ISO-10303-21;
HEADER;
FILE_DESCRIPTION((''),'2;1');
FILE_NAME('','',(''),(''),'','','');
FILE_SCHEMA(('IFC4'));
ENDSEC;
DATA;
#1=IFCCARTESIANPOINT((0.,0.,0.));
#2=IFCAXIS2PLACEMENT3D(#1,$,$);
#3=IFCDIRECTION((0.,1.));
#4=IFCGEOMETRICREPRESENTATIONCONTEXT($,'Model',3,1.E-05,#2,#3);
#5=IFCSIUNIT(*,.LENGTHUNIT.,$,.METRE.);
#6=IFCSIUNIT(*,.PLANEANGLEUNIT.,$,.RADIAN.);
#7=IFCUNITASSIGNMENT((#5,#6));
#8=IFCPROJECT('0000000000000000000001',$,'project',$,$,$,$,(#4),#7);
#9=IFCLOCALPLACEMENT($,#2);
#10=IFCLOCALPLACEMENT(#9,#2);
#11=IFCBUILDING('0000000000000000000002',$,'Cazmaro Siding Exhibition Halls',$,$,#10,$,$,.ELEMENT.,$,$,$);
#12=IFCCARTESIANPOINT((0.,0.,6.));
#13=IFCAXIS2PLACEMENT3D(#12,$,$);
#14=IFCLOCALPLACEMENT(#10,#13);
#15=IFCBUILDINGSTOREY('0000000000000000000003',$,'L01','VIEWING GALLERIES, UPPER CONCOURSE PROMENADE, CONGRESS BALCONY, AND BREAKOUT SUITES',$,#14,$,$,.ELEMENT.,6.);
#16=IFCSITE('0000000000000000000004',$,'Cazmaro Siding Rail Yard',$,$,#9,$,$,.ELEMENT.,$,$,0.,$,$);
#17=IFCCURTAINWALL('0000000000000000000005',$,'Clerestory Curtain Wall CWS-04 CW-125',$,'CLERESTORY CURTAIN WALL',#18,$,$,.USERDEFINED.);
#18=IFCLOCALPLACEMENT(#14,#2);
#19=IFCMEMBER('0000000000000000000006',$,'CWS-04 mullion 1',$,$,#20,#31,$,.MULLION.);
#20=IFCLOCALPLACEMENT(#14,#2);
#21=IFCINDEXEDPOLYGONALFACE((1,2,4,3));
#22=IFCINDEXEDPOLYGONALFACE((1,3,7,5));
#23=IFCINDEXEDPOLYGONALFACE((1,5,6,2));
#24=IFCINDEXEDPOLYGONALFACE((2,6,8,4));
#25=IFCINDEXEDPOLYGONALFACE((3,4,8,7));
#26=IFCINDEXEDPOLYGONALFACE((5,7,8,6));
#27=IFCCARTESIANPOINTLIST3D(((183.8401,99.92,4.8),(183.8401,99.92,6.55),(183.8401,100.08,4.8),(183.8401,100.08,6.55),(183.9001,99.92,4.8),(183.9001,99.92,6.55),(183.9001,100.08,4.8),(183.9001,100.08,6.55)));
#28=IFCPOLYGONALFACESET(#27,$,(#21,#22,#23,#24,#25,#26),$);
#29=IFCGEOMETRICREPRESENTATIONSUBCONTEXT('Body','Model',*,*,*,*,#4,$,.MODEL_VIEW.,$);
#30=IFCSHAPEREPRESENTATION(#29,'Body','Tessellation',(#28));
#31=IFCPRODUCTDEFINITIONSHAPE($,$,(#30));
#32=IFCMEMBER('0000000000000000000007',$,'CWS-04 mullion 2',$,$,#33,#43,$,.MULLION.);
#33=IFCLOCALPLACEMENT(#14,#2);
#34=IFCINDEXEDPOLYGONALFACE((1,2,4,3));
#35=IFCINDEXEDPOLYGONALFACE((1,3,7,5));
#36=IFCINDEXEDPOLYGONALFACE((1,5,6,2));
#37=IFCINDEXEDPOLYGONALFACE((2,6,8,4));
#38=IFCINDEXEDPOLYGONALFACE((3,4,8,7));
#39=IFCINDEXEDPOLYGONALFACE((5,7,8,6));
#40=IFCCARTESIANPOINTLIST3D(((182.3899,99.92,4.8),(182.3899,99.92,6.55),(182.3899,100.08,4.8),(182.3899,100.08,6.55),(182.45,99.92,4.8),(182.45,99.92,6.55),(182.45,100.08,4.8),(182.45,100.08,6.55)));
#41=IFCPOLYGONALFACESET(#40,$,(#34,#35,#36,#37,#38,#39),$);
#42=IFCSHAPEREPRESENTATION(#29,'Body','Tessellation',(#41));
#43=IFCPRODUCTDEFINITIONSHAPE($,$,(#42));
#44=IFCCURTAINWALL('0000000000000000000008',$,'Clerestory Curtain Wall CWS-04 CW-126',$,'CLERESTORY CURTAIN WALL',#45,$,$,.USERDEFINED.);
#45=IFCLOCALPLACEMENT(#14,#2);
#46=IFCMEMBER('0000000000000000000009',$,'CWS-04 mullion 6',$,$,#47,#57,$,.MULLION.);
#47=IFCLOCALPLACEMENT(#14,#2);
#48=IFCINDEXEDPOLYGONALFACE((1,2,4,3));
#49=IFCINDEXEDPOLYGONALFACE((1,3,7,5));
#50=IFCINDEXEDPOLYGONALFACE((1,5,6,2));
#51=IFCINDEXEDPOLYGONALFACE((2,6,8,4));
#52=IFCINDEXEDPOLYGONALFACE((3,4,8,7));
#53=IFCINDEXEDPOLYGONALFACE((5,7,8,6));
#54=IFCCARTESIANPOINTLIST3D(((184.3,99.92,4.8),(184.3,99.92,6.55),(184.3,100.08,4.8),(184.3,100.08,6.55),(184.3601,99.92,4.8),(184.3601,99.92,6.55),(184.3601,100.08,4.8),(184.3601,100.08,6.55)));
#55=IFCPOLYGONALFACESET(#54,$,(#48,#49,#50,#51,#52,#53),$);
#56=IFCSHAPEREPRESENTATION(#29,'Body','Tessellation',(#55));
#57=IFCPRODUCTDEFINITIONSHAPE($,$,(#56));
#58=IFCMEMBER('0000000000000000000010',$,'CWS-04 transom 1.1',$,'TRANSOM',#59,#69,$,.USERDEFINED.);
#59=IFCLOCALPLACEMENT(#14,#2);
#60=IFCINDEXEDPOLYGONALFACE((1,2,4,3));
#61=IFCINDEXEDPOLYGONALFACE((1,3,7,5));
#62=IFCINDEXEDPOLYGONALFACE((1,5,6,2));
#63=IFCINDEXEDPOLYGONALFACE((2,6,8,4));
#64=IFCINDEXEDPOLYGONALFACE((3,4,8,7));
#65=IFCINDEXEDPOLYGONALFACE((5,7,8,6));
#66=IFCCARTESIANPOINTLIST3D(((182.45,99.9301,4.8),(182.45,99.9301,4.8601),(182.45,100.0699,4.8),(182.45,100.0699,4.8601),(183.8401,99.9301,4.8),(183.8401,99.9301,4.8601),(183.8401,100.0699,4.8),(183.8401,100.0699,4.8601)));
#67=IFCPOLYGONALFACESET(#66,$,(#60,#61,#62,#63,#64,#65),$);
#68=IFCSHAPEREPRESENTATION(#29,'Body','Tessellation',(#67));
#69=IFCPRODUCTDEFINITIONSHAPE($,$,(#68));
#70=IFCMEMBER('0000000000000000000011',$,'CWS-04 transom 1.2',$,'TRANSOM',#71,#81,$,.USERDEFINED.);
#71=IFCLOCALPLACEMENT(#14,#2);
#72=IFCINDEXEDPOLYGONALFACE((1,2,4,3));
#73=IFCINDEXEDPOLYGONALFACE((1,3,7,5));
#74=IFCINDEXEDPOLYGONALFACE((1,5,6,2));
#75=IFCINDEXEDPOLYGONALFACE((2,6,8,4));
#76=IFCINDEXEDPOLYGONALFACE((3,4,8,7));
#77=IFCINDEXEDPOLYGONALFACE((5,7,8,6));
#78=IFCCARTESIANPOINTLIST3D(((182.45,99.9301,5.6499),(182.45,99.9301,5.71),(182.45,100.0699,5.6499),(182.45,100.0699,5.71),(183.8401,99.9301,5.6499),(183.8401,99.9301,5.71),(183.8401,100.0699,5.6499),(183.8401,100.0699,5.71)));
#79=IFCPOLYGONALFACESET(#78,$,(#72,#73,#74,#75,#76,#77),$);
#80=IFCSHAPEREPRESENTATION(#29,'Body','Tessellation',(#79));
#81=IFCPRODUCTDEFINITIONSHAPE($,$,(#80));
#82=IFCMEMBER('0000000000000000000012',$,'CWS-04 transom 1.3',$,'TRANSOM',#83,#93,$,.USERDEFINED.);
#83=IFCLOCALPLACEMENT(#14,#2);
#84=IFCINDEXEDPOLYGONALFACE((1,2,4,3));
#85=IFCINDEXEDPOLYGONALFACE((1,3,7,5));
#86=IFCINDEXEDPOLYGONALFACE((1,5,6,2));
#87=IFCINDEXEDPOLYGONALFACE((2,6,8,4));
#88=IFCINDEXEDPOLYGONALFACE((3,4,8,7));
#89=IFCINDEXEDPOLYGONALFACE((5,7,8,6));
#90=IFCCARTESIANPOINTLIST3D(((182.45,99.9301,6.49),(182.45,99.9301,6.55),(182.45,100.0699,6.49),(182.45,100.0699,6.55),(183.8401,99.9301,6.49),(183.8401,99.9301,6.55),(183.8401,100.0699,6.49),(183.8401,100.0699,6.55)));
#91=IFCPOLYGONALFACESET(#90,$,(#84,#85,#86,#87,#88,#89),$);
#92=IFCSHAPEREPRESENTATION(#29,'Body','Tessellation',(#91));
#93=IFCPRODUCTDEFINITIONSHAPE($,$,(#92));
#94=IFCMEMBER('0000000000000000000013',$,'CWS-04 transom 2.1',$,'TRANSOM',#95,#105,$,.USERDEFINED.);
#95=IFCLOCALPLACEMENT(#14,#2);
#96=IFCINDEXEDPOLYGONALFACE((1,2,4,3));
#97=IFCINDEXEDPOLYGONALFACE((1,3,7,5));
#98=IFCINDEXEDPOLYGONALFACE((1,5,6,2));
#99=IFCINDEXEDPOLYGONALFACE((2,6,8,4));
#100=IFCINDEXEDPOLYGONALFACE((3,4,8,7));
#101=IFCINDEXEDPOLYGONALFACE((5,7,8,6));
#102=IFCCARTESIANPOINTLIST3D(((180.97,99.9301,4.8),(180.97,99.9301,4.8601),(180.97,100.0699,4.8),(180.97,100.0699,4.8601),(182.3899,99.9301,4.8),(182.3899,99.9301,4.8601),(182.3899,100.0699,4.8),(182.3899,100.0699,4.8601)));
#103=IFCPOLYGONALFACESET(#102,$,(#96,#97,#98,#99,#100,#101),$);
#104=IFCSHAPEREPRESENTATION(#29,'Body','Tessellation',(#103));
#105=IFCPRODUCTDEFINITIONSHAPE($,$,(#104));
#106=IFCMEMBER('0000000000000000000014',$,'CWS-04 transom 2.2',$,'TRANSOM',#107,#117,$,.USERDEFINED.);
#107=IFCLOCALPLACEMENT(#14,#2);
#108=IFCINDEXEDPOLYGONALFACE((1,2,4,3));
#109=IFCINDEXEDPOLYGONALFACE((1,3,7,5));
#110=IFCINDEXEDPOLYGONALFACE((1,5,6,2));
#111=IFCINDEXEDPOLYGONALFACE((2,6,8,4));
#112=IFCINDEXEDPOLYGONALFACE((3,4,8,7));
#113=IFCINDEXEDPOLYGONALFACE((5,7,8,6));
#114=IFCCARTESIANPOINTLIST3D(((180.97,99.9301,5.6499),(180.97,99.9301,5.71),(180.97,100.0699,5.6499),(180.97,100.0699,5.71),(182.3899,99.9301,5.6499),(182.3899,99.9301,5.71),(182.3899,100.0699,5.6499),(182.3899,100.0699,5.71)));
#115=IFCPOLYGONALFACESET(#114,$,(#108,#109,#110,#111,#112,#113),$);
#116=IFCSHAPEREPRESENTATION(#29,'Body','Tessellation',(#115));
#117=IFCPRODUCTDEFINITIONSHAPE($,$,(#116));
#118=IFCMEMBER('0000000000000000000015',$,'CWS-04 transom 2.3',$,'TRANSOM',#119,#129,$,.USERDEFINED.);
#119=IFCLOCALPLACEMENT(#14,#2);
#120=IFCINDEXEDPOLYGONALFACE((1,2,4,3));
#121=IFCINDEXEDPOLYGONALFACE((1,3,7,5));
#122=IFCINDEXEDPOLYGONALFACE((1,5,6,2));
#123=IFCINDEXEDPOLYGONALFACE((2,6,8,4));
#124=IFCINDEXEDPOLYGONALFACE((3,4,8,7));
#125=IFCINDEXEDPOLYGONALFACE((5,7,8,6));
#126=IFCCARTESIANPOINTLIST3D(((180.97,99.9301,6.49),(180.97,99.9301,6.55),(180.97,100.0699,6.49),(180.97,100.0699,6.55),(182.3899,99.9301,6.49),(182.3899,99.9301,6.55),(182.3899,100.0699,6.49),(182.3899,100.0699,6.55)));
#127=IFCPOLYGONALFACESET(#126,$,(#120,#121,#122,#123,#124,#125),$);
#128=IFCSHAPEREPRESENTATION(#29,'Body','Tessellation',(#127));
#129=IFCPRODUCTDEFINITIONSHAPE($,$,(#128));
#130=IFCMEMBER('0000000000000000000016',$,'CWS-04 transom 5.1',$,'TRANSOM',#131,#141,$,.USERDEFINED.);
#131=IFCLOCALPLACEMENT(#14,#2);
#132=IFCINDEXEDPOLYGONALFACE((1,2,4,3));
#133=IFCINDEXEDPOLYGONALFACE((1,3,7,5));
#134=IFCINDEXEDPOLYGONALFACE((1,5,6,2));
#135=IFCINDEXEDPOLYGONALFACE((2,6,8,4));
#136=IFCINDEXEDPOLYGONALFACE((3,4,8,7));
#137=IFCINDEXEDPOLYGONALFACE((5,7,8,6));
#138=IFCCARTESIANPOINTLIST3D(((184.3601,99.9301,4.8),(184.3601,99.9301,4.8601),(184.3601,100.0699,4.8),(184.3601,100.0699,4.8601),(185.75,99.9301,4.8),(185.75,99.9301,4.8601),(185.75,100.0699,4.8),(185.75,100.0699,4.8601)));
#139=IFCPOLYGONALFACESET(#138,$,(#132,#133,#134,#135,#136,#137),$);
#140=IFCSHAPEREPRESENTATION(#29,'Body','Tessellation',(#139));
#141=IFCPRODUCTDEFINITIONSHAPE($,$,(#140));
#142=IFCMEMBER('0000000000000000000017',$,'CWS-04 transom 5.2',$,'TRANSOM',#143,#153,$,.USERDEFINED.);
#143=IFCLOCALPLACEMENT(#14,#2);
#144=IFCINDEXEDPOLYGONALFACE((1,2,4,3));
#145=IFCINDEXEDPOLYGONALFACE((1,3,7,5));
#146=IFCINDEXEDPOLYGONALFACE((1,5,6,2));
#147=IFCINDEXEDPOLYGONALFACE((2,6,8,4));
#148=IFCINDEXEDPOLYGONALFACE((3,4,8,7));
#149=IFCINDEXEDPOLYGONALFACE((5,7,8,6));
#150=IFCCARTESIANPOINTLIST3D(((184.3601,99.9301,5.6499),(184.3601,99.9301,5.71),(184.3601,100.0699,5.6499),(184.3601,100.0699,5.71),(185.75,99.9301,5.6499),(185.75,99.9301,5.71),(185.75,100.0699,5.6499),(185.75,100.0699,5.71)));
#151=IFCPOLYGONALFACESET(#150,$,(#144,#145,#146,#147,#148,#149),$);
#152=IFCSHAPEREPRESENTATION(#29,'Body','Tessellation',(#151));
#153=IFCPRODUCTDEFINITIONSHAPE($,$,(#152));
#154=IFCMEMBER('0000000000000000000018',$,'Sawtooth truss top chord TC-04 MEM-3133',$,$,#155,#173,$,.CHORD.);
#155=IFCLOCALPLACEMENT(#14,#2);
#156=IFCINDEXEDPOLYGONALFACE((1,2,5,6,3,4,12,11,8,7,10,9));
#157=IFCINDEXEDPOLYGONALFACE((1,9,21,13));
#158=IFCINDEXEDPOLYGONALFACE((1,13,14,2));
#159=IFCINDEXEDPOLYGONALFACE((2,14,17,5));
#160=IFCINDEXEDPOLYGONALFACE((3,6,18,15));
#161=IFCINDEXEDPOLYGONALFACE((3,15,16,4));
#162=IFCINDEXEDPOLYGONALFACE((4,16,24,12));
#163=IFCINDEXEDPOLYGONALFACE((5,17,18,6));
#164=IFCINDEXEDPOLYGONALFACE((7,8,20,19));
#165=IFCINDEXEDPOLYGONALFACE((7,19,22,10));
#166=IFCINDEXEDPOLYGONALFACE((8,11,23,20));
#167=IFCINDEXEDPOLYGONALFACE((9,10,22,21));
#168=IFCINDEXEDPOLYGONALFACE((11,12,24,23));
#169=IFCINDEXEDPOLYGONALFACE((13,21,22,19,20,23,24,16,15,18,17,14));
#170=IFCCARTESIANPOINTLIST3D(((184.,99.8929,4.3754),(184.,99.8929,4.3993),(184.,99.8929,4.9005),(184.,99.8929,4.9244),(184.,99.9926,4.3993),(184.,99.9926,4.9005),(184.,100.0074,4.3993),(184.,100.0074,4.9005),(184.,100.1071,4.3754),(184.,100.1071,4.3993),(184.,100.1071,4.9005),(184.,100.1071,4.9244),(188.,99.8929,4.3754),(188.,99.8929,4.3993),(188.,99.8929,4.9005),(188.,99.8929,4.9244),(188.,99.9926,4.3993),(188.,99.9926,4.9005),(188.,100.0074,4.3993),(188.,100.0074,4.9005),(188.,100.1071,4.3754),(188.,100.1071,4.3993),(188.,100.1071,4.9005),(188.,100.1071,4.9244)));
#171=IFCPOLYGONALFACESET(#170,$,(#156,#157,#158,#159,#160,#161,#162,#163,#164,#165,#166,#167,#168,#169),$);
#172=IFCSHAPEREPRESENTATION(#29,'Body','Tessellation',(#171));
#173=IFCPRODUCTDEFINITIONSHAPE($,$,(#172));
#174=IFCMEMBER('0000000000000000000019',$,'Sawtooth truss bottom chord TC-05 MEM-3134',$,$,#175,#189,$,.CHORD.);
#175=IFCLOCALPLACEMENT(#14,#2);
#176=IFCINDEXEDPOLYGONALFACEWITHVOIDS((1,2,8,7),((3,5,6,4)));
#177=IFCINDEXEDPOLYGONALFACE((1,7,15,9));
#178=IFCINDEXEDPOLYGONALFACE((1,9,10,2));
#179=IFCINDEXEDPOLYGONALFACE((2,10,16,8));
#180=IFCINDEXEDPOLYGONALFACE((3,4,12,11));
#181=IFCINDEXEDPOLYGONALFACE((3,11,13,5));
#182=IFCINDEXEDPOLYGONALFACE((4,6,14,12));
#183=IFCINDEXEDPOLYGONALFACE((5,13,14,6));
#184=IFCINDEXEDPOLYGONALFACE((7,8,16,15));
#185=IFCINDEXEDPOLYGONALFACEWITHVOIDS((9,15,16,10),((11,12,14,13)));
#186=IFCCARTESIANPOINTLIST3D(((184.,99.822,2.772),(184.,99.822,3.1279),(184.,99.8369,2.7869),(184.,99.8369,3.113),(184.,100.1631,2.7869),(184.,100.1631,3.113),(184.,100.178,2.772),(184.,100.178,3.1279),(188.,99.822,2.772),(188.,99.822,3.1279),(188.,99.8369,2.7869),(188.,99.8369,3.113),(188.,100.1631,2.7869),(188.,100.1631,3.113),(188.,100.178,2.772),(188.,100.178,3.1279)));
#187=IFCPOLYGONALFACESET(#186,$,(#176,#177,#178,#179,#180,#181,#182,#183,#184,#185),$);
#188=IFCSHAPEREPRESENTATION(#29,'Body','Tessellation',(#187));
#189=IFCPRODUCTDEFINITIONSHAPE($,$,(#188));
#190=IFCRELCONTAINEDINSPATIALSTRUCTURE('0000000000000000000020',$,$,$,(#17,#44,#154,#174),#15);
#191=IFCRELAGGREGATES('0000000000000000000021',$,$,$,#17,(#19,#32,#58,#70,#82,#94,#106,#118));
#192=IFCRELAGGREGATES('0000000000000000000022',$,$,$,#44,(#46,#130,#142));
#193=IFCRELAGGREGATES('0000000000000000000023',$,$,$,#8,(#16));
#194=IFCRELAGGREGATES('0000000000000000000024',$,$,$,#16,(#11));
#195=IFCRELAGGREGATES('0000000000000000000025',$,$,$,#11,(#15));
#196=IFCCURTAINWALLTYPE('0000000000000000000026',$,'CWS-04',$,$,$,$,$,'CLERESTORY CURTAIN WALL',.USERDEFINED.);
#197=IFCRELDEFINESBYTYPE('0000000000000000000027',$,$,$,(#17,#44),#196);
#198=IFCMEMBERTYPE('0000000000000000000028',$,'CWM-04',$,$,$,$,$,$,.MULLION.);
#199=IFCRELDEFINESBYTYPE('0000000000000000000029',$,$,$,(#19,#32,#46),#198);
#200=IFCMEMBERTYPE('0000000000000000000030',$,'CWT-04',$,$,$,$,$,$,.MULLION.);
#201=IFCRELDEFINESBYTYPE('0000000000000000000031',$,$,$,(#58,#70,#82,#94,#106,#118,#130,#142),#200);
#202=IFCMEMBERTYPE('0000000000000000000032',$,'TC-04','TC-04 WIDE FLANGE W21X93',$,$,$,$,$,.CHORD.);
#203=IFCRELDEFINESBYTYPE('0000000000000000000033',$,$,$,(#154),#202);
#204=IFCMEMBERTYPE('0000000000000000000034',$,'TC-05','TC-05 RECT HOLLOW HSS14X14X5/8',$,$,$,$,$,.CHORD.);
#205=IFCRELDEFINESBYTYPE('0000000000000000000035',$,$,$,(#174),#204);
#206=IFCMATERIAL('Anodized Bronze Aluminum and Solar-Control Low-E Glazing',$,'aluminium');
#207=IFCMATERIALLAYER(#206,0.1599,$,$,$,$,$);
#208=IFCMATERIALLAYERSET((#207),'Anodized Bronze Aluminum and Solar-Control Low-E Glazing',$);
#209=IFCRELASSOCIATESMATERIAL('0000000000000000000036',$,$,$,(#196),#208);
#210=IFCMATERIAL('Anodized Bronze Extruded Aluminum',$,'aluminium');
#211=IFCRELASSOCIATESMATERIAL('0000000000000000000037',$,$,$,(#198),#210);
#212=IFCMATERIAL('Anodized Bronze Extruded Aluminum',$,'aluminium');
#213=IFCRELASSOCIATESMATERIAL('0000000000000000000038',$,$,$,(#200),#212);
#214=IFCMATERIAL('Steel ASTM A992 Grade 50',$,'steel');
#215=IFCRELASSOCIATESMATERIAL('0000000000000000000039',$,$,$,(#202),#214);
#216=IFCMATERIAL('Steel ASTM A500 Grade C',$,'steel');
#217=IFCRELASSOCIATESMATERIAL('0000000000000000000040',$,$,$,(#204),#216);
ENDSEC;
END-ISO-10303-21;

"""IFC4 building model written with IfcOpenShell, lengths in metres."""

from ifc_helpers import new_model, si_unit, direction, frame, origin, origin_2d, place, context, subcontext, project, spatial, rectangle, hollow_rectangle, i_section, extrude, material, layer, layer_set, material_profile, profile_set, type_object, element, aggregate, save


model = new_model("IFC4")

# Units and contexts
model_context = context("Model", 3, precision=1e-05, world=origin(), true_north=direction((0.0, 1.0)))
body_context = subcontext(model_context, "Body", "Model", "MODEL_VIEW")
ifc_project = project(units=[si_unit("LENGTHUNIT", "METRE"), si_unit("PLANEANGLEUNIT", "RADIAN")], contexts=[model_context])

# Site, building, storey
site_placement = place(None, origin())
site = spatial("IfcSite", under=ifc_project, at=site_placement, Name="Cazmaro Siding Rail Yard", CompositionType="ELEMENT", RefElevation=0.0)
building_placement = place(site_placement, origin())
building = spatial("IfcBuilding", under=site, at=building_placement, Name="Cazmaro Siding Exhibition Halls", CompositionType="ELEMENT")
storey_placement = place(building_placement, frame((0.0, 0.0, 6.0)))
storey = spatial("IfcBuildingStorey", under=building, at=storey_placement, Name="L01", Description="VIEWING GALLERIES, UPPER CONCOURSE PROMENADE, CONGRESS BALCONY, AND BREAKOUT SUITES", CompositionType="ELEMENT", Elevation=6.0)

# Curtain wall, members
ifc_material_1 = material(Name="Anodized Bronze Aluminum and Solar-Control Low-E Glazing", Category="aluminium")
ifc_layer_1 = layer(ifc_material_1, 0.1599)
ifc_layer_set_1 = layer_set([ifc_layer_1], Name="Anodized Bronze Aluminum and Solar-Control Low-E Glazing")
curtain_wall_type = type_object("IfcCurtainWallType", Name="CWS-04", ElementType="CLERESTORY CURTAIN WALL", PredefinedType="USERDEFINED", material=ifc_layer_set_1)
curtain_wall_1_placement = place(storey_placement, origin())
curtain_wall_1 = element("IfcCurtainWall", 1, at=curtain_wall_1_placement, inside=storey, type_object=curtain_wall_type, Name="Clerestory Curtain Wall CWS-04 CW-125", ObjectType="CLERESTORY CURTAIN WALL", PredefinedType="USERDEFINED")
ifc_material_2 = material(Name="Anodized Bronze Extruded Aluminum", Category="aluminium")
ifc_material_profile_1 = material_profile(ifc_material_2, rectangle(XDim=0.1599, YDim=0.0601, at=origin_2d()), Name="CWM-04")
ifc_profile_set_1 = profile_set([ifc_material_profile_1], Name="Anodized Bronze Extruded Aluminum")
member_type_1 = type_object("IfcMemberType", Name="CWM-04", PredefinedType="MULLION", material=ifc_profile_set_1)
member_1_placement = place(storey_placement, frame((183.8701, 100.0, 4.8), z_axis=(0.0, 0.0, 1.0), x_axis=(0.0, -1.0, 0.0)))
member_1 = element("IfcMember", 2, at=member_1_placement, type_object=member_type_1, Name="CWS-04 mullion 1", PredefinedType="MULLION", context=body_context, shape_type="SweptSolid", body=[
    extrude(rectangle(XDim=0.1599, YDim=0.0601, at=origin_2d()), origin(), (0.0, 0.0, 1.0), 1.75),
])
member_2_placement = place(storey_placement, frame((182.4199, 100.0, 4.8), z_axis=(0.0, 0.0, 1.0), x_axis=(0.0, -1.0, 0.0)))
member_2 = element("IfcMember", 3, at=member_2_placement, type_object=member_type_1, Name="CWS-04 mullion 2", PredefinedType="MULLION", context=body_context, shape_type="SweptSolid", body=[
    extrude(rectangle(XDim=0.1599, YDim=0.0601, at=origin_2d()), origin(), (0.0, 0.0, 1.0), 1.75),
])

# Curtain wall, member
curtain_wall_2_placement = place(storey_placement, origin())
curtain_wall_2 = element("IfcCurtainWall", 4, at=curtain_wall_2_placement, inside=storey, type_object=curtain_wall_type, Name="Clerestory Curtain Wall CWS-04 CW-126", ObjectType="CLERESTORY CURTAIN WALL", PredefinedType="USERDEFINED")
member_3_placement = place(storey_placement, frame((184.3301, 100.0, 4.8), z_axis=(0.0, 0.0, 1.0), x_axis=(0.0, -1.0, 0.0)))
member_3 = element("IfcMember", 5, at=member_3_placement, type_object=member_type_1, Name="CWS-04 mullion 6", PredefinedType="MULLION", context=body_context, shape_type="SweptSolid", body=[
    extrude(rectangle(XDim=0.1599, YDim=0.0601, at=origin_2d()), origin(), (0.0, 0.0, 1.0), 1.75),
])

# Members
ifc_material_3 = material(Name="Anodized Bronze Extruded Aluminum", Category="aluminium")
ifc_material_profile_2 = material_profile(ifc_material_3, rectangle(XDim=0.1399, YDim=0.0601, at=origin_2d()), Name="CWT-04")
ifc_profile_set_2 = profile_set([ifc_material_profile_2], Name="Anodized Bronze Extruded Aluminum")
member_type_2 = type_object("IfcMemberType", Name="CWT-04", PredefinedType="MULLION", material=ifc_profile_set_2)
member_4_placement = place(storey_placement, frame((183.8401, 100.0, 4.8301), z_axis=(-1.0, 0.0, 0.0), x_axis=(0.0, -1.0, 0.0)))
member_4 = element("IfcMember", 6, at=member_4_placement, type_object=member_type_2, Name="CWS-04 transom 1.1", ObjectType="TRANSOM", PredefinedType="USERDEFINED", context=body_context, shape_type="SweptSolid", body=[
    extrude(rectangle(XDim=0.1399, YDim=0.0601, at=origin_2d()), origin(), (0.0, 0.0, 1.0), 1.3901),
])
member_5_placement = place(storey_placement, frame((183.8401, 100.0, 5.6799), z_axis=(-1.0, 0.0, 0.0), x_axis=(0.0, -1.0, 0.0)))
member_5 = element("IfcMember", 7, at=member_5_placement, type_object=member_type_2, Name="CWS-04 transom 1.2", ObjectType="TRANSOM", PredefinedType="USERDEFINED", context=body_context, shape_type="SweptSolid", body=[
    extrude(rectangle(XDim=0.1399, YDim=0.0601, at=origin_2d()), origin(), (0.0, 0.0, 1.0), 1.3901),
])
member_6_placement = place(storey_placement, frame((183.8401, 100.0, 6.52), z_axis=(-1.0, 0.0, 0.0), x_axis=(0.0, -1.0, 0.0)))
member_6 = element("IfcMember", 8, at=member_6_placement, type_object=member_type_2, Name="CWS-04 transom 1.3", ObjectType="TRANSOM", PredefinedType="USERDEFINED", context=body_context, shape_type="SweptSolid", body=[
    extrude(rectangle(XDim=0.1399, YDim=0.0601, at=origin_2d()), origin(), (0.0, 0.0, 1.0), 1.3901),
])
member_7_placement = place(storey_placement, frame((182.3899, 100.0, 4.8301), z_axis=(-1.0, 0.0, 0.0), x_axis=(0.0, -1.0, 0.0)))
member_7 = element("IfcMember", 9, at=member_7_placement, type_object=member_type_2, Name="CWS-04 transom 2.1", ObjectType="TRANSOM", PredefinedType="USERDEFINED", context=body_context, shape_type="SweptSolid", body=[
    extrude(rectangle(XDim=0.1399, YDim=0.0601, at=origin_2d()), origin(), (0.0, 0.0, 1.0), 1.4199),
])
member_8_placement = place(storey_placement, frame((182.3899, 100.0, 5.6799), z_axis=(-1.0, 0.0, 0.0), x_axis=(0.0, -1.0, 0.0)))
member_8 = element("IfcMember", 10, at=member_8_placement, type_object=member_type_2, Name="CWS-04 transom 2.2", ObjectType="TRANSOM", PredefinedType="USERDEFINED", context=body_context, shape_type="SweptSolid", body=[
    extrude(rectangle(XDim=0.1399, YDim=0.0601, at=origin_2d()), origin(), (0.0, 0.0, 1.0), 1.4199),
])
member_9_placement = place(storey_placement, frame((182.3899, 100.0, 6.52), z_axis=(-1.0, 0.0, 0.0), x_axis=(0.0, -1.0, 0.0)))
member_9 = element("IfcMember", 11, at=member_9_placement, type_object=member_type_2, Name="CWS-04 transom 2.3", ObjectType="TRANSOM", PredefinedType="USERDEFINED", context=body_context, shape_type="SweptSolid", body=[
    extrude(rectangle(XDim=0.1399, YDim=0.0601, at=origin_2d()), origin(), (0.0, 0.0, 1.0), 1.4199),
])
member_10_placement = place(storey_placement, frame((185.75, 100.0, 4.8301), z_axis=(-1.0, 0.0, 0.0), x_axis=(0.0, -1.0, 0.0)))
member_10 = element("IfcMember", 12, at=member_10_placement, type_object=member_type_2, Name="CWS-04 transom 5.1", ObjectType="TRANSOM", PredefinedType="USERDEFINED", context=body_context, shape_type="SweptSolid", body=[
    extrude(rectangle(XDim=0.1399, YDim=0.0601, at=origin_2d()), origin(), (0.0, 0.0, 1.0), 1.3899),
])
member_11_placement = place(storey_placement, frame((185.75, 100.0, 5.6799), z_axis=(-1.0, 0.0, 0.0), x_axis=(0.0, -1.0, 0.0)))
member_11 = element("IfcMember", 13, at=member_11_placement, type_object=member_type_2, Name="CWS-04 transom 5.2", ObjectType="TRANSOM", PredefinedType="USERDEFINED", context=body_context, shape_type="SweptSolid", body=[
    extrude(rectangle(XDim=0.1399, YDim=0.0601, at=origin_2d()), origin(), (0.0, 0.0, 1.0), 1.3899),
])

# Members
ifc_material_4 = material(Name="Steel ASTM A992 Grade 50", Category="steel")
ifc_material_profile_3 = material_profile(ifc_material_4, i_section(OverallWidth=0.2141, OverallDepth=0.5491, WebThickness=0.0149, FlangeThickness=0.0239, at=origin_2d()), Name="W21X93")
ifc_profile_set_3 = profile_set([ifc_material_profile_3], Name="Steel ASTM A992 Grade 50")
member_type_3 = type_object("IfcMemberType", Name="TC-04", Description="TC-04 WIDE FLANGE W21X93", PredefinedType="CHORD", material=ifc_profile_set_3)
member_12_placement = place(storey_placement, frame((184.0, 100.0, 4.6499), z_axis=(1.0, 0.0, 0.0), x_axis=(0.0, 1.0, 0.0)))
element("IfcMember", 14, at=member_12_placement, inside=storey, type_object=member_type_3, Name="Sawtooth truss top chord TC-04 MEM-3133", PredefinedType="CHORD", context=body_context, shape_type="SweptSolid", body=[
    extrude(i_section(OverallWidth=0.2141, OverallDepth=0.5491, WebThickness=0.0149, FlangeThickness=0.0239, at=origin_2d()), origin(), (0.0, 0.0, 1.0), 4.0),
])
ifc_material_5 = material(Name="Steel ASTM A500 Grade C", Category="steel")
ifc_material_profile_4 = material_profile(ifc_material_5, hollow_rectangle(XDim=0.356, YDim=0.356, WallThickness=0.0149, at=origin_2d()), Name="HSS14X14X5/8")
ifc_profile_set_4 = profile_set([ifc_material_profile_4], Name="Steel ASTM A500 Grade C")
member_type_4 = type_object("IfcMemberType", Name="TC-05", Description="TC-05 RECT HOLLOW HSS14X14X5/8", PredefinedType="CHORD", material=ifc_profile_set_4)
member_13_placement = place(storey_placement, frame((184.0, 100.0, 2.95), z_axis=(1.0, 0.0, 0.0), x_axis=(0.0, 1.0, 0.0)))
element("IfcMember", 15, at=member_13_placement, inside=storey, type_object=member_type_4, Name="Sawtooth truss bottom chord TC-05 MEM-3134", PredefinedType="CHORD", context=body_context, shape_type="SweptSolid", body=[
    extrude(hollow_rectangle(XDim=0.356, YDim=0.356, WallThickness=0.0149, at=origin_2d()), origin(), (0.0, 0.0, 1.0), 4.0),
])

aggregate(curtain_wall_1, [member_1, member_2, member_4, member_5, member_6, member_7, member_8, member_9])
aggregate(curtain_wall_2, [member_3, member_10, member_11])

save(model, "model.ifc")
